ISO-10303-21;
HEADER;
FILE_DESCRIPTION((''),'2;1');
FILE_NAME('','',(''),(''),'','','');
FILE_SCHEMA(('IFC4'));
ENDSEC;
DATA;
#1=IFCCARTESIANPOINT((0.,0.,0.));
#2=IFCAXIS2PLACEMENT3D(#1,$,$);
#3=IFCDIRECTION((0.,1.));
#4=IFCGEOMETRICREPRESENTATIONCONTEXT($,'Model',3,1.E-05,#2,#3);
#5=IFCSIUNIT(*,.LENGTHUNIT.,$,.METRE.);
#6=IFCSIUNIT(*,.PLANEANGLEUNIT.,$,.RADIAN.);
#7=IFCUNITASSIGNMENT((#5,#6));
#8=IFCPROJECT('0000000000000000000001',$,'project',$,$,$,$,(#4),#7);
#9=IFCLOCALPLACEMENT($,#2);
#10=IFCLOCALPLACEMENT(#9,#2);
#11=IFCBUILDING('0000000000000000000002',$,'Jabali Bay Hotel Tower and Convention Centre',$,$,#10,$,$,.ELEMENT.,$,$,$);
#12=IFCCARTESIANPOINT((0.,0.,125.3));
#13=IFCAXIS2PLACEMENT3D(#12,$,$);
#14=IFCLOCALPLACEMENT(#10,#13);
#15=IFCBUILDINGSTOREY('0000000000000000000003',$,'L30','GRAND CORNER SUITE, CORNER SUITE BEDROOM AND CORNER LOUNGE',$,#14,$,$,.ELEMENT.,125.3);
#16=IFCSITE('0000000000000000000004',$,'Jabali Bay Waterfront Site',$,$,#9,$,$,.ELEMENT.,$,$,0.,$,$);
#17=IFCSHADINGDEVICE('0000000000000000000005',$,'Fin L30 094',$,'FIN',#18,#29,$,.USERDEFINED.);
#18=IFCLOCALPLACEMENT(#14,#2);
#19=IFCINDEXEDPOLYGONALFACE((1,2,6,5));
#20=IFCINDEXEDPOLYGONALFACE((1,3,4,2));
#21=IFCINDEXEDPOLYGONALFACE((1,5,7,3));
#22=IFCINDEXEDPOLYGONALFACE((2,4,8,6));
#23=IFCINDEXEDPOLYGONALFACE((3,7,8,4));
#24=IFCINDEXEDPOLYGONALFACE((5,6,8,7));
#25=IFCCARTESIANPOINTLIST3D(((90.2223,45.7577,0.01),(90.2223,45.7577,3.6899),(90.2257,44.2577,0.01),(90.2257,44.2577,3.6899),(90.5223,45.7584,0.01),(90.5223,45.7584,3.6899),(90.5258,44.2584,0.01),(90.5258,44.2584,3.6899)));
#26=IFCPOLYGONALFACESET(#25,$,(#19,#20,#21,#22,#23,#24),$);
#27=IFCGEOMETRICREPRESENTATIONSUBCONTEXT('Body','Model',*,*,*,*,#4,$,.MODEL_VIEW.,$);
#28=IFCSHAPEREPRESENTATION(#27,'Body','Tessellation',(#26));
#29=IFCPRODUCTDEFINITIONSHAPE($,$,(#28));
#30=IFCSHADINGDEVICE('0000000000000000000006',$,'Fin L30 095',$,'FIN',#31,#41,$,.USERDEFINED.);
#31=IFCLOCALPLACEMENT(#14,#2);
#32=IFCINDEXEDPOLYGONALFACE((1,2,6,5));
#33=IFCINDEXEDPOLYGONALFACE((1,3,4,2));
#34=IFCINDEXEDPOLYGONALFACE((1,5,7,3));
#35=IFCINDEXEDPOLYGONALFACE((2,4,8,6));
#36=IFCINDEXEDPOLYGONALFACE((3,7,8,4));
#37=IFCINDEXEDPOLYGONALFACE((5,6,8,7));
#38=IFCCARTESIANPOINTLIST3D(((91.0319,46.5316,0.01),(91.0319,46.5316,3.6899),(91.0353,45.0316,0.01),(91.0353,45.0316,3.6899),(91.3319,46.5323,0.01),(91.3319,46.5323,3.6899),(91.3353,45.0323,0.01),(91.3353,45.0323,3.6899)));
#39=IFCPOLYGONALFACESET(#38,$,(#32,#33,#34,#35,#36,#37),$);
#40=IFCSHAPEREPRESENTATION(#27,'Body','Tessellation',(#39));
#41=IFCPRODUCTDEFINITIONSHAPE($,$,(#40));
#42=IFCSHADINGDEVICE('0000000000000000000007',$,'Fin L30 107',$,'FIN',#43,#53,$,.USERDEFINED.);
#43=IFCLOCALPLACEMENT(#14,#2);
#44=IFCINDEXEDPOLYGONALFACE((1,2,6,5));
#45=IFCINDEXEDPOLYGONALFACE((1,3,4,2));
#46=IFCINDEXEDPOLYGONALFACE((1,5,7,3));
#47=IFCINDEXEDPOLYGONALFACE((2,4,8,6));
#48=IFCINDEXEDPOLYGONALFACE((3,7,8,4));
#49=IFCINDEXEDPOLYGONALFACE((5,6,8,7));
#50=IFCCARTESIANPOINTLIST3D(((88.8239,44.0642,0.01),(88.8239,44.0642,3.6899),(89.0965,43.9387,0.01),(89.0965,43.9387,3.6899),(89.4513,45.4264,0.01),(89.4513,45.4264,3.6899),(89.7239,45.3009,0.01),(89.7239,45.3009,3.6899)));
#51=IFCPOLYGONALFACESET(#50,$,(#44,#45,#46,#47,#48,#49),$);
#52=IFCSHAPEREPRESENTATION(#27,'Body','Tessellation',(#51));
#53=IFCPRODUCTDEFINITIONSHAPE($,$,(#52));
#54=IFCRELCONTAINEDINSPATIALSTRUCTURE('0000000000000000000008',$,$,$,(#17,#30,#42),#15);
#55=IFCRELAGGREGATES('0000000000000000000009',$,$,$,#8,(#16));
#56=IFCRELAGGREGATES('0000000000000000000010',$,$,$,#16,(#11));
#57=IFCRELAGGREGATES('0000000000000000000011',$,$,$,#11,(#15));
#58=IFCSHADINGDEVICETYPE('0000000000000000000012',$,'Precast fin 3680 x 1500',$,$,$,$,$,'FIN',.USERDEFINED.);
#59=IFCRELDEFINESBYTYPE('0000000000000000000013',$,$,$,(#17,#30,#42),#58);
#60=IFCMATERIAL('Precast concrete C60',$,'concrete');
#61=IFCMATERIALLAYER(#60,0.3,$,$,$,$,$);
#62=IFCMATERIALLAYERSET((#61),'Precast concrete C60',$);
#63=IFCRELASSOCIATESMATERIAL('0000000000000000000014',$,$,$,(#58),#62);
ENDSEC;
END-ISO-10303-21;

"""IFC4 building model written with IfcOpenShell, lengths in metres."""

from ifc_helpers import new_model, si_unit, direction, frame, frame_2d, origin, place, context, subcontext, project, spatial, rectangle, extrude, material, layer, layer_set, type_object, element, save


model = new_model("IFC4")

# Units and contexts
model_context = context("Model", 3, precision=1e-05, world=origin(), true_north=direction((0.0, 1.0)))
body_context = subcontext(model_context, "Body", "Model", "MODEL_VIEW")
ifc_project = project(units=[si_unit("LENGTHUNIT", "METRE"), si_unit("PLANEANGLEUNIT", "RADIAN")], contexts=[model_context])

# Site, building, storey
site_placement = place(None, origin())
site = spatial("IfcSite", under=ifc_project, at=site_placement, Name="Jabali Bay Waterfront Site", CompositionType="ELEMENT", RefElevation=0.0)
building_placement = place(site_placement, origin())
building = spatial("IfcBuilding", under=site, at=building_placement, Name="Jabali Bay Hotel Tower and Convention Centre", CompositionType="ELEMENT")
storey_placement = place(building_placement, frame((0.0, 0.0, 125.3)))
storey = spatial("IfcBuildingStorey", under=building, at=storey_placement, Name="L30", Description="GRAND CORNER SUITE, CORNER SUITE BEDROOM AND CORNER LOUNGE", CompositionType="ELEMENT", Elevation=125.3)

# Shading devices
ifc_material_1 = material(Name="Precast concrete C60", Category="concrete")
ifc_layer_1 = layer(ifc_material_1, 0.3)
ifc_layer_set_1 = layer_set([ifc_layer_1], Name="Precast concrete C60")
shading_device_type_1 = type_object("IfcShadingDeviceType", Name="Precast fin 3680 x 1500", ElementType="FIN", PredefinedType="USERDEFINED", material=ifc_layer_set_1)
for number, where, z_axis, x_axis, name in (
    (1, (90.3723, 45.7581, 0.01), (0.0, 0.0, 1.0), (0.002279, -0.999997, 0.0), "Fin L30 094"),
    (2, (91.1819, 46.532, 0.01), (0.0, 0.0, 1.0), (0.002279, -0.999997, 0.0), "Fin L30 095"),
):
    element("IfcShadingDevice", number, at=place(storey_placement, frame(where, z_axis=z_axis, x_axis=x_axis)), inside=storey, type_object=shading_device_type_1, Name=name, ObjectType="FIN", PredefinedType="USERDEFINED", context=body_context, shape_type="SweptSolid", body=[
        extrude(rectangle(XDim=1.5, YDim=0.3, at=frame_2d((0.75, 0.0))), origin(), (0.0, 0.0, 1.0), 3.6799),
    ])
shading_device_1_placement = place(storey_placement, frame((89.5876, 45.3638, 0.01), z_axis=(0.0, 0.0, 1.0), x_axis=(-0.418335, -0.908293, 0.0)))
element("IfcShadingDevice", 3, at=shading_device_1_placement, inside=storey, type_object=shading_device_type_1, Name="Fin L30 107", ObjectType="FIN", PredefinedType="USERDEFINED", context=body_context, shape_type="SweptSolid", body=[
    extrude(rectangle(XDim=1.4998, YDim=0.3, at=frame_2d((0.75, 0.0))), origin(), (0.0, 0.0, 1.0), 3.6799),
])

save(model, "model.ifc")
